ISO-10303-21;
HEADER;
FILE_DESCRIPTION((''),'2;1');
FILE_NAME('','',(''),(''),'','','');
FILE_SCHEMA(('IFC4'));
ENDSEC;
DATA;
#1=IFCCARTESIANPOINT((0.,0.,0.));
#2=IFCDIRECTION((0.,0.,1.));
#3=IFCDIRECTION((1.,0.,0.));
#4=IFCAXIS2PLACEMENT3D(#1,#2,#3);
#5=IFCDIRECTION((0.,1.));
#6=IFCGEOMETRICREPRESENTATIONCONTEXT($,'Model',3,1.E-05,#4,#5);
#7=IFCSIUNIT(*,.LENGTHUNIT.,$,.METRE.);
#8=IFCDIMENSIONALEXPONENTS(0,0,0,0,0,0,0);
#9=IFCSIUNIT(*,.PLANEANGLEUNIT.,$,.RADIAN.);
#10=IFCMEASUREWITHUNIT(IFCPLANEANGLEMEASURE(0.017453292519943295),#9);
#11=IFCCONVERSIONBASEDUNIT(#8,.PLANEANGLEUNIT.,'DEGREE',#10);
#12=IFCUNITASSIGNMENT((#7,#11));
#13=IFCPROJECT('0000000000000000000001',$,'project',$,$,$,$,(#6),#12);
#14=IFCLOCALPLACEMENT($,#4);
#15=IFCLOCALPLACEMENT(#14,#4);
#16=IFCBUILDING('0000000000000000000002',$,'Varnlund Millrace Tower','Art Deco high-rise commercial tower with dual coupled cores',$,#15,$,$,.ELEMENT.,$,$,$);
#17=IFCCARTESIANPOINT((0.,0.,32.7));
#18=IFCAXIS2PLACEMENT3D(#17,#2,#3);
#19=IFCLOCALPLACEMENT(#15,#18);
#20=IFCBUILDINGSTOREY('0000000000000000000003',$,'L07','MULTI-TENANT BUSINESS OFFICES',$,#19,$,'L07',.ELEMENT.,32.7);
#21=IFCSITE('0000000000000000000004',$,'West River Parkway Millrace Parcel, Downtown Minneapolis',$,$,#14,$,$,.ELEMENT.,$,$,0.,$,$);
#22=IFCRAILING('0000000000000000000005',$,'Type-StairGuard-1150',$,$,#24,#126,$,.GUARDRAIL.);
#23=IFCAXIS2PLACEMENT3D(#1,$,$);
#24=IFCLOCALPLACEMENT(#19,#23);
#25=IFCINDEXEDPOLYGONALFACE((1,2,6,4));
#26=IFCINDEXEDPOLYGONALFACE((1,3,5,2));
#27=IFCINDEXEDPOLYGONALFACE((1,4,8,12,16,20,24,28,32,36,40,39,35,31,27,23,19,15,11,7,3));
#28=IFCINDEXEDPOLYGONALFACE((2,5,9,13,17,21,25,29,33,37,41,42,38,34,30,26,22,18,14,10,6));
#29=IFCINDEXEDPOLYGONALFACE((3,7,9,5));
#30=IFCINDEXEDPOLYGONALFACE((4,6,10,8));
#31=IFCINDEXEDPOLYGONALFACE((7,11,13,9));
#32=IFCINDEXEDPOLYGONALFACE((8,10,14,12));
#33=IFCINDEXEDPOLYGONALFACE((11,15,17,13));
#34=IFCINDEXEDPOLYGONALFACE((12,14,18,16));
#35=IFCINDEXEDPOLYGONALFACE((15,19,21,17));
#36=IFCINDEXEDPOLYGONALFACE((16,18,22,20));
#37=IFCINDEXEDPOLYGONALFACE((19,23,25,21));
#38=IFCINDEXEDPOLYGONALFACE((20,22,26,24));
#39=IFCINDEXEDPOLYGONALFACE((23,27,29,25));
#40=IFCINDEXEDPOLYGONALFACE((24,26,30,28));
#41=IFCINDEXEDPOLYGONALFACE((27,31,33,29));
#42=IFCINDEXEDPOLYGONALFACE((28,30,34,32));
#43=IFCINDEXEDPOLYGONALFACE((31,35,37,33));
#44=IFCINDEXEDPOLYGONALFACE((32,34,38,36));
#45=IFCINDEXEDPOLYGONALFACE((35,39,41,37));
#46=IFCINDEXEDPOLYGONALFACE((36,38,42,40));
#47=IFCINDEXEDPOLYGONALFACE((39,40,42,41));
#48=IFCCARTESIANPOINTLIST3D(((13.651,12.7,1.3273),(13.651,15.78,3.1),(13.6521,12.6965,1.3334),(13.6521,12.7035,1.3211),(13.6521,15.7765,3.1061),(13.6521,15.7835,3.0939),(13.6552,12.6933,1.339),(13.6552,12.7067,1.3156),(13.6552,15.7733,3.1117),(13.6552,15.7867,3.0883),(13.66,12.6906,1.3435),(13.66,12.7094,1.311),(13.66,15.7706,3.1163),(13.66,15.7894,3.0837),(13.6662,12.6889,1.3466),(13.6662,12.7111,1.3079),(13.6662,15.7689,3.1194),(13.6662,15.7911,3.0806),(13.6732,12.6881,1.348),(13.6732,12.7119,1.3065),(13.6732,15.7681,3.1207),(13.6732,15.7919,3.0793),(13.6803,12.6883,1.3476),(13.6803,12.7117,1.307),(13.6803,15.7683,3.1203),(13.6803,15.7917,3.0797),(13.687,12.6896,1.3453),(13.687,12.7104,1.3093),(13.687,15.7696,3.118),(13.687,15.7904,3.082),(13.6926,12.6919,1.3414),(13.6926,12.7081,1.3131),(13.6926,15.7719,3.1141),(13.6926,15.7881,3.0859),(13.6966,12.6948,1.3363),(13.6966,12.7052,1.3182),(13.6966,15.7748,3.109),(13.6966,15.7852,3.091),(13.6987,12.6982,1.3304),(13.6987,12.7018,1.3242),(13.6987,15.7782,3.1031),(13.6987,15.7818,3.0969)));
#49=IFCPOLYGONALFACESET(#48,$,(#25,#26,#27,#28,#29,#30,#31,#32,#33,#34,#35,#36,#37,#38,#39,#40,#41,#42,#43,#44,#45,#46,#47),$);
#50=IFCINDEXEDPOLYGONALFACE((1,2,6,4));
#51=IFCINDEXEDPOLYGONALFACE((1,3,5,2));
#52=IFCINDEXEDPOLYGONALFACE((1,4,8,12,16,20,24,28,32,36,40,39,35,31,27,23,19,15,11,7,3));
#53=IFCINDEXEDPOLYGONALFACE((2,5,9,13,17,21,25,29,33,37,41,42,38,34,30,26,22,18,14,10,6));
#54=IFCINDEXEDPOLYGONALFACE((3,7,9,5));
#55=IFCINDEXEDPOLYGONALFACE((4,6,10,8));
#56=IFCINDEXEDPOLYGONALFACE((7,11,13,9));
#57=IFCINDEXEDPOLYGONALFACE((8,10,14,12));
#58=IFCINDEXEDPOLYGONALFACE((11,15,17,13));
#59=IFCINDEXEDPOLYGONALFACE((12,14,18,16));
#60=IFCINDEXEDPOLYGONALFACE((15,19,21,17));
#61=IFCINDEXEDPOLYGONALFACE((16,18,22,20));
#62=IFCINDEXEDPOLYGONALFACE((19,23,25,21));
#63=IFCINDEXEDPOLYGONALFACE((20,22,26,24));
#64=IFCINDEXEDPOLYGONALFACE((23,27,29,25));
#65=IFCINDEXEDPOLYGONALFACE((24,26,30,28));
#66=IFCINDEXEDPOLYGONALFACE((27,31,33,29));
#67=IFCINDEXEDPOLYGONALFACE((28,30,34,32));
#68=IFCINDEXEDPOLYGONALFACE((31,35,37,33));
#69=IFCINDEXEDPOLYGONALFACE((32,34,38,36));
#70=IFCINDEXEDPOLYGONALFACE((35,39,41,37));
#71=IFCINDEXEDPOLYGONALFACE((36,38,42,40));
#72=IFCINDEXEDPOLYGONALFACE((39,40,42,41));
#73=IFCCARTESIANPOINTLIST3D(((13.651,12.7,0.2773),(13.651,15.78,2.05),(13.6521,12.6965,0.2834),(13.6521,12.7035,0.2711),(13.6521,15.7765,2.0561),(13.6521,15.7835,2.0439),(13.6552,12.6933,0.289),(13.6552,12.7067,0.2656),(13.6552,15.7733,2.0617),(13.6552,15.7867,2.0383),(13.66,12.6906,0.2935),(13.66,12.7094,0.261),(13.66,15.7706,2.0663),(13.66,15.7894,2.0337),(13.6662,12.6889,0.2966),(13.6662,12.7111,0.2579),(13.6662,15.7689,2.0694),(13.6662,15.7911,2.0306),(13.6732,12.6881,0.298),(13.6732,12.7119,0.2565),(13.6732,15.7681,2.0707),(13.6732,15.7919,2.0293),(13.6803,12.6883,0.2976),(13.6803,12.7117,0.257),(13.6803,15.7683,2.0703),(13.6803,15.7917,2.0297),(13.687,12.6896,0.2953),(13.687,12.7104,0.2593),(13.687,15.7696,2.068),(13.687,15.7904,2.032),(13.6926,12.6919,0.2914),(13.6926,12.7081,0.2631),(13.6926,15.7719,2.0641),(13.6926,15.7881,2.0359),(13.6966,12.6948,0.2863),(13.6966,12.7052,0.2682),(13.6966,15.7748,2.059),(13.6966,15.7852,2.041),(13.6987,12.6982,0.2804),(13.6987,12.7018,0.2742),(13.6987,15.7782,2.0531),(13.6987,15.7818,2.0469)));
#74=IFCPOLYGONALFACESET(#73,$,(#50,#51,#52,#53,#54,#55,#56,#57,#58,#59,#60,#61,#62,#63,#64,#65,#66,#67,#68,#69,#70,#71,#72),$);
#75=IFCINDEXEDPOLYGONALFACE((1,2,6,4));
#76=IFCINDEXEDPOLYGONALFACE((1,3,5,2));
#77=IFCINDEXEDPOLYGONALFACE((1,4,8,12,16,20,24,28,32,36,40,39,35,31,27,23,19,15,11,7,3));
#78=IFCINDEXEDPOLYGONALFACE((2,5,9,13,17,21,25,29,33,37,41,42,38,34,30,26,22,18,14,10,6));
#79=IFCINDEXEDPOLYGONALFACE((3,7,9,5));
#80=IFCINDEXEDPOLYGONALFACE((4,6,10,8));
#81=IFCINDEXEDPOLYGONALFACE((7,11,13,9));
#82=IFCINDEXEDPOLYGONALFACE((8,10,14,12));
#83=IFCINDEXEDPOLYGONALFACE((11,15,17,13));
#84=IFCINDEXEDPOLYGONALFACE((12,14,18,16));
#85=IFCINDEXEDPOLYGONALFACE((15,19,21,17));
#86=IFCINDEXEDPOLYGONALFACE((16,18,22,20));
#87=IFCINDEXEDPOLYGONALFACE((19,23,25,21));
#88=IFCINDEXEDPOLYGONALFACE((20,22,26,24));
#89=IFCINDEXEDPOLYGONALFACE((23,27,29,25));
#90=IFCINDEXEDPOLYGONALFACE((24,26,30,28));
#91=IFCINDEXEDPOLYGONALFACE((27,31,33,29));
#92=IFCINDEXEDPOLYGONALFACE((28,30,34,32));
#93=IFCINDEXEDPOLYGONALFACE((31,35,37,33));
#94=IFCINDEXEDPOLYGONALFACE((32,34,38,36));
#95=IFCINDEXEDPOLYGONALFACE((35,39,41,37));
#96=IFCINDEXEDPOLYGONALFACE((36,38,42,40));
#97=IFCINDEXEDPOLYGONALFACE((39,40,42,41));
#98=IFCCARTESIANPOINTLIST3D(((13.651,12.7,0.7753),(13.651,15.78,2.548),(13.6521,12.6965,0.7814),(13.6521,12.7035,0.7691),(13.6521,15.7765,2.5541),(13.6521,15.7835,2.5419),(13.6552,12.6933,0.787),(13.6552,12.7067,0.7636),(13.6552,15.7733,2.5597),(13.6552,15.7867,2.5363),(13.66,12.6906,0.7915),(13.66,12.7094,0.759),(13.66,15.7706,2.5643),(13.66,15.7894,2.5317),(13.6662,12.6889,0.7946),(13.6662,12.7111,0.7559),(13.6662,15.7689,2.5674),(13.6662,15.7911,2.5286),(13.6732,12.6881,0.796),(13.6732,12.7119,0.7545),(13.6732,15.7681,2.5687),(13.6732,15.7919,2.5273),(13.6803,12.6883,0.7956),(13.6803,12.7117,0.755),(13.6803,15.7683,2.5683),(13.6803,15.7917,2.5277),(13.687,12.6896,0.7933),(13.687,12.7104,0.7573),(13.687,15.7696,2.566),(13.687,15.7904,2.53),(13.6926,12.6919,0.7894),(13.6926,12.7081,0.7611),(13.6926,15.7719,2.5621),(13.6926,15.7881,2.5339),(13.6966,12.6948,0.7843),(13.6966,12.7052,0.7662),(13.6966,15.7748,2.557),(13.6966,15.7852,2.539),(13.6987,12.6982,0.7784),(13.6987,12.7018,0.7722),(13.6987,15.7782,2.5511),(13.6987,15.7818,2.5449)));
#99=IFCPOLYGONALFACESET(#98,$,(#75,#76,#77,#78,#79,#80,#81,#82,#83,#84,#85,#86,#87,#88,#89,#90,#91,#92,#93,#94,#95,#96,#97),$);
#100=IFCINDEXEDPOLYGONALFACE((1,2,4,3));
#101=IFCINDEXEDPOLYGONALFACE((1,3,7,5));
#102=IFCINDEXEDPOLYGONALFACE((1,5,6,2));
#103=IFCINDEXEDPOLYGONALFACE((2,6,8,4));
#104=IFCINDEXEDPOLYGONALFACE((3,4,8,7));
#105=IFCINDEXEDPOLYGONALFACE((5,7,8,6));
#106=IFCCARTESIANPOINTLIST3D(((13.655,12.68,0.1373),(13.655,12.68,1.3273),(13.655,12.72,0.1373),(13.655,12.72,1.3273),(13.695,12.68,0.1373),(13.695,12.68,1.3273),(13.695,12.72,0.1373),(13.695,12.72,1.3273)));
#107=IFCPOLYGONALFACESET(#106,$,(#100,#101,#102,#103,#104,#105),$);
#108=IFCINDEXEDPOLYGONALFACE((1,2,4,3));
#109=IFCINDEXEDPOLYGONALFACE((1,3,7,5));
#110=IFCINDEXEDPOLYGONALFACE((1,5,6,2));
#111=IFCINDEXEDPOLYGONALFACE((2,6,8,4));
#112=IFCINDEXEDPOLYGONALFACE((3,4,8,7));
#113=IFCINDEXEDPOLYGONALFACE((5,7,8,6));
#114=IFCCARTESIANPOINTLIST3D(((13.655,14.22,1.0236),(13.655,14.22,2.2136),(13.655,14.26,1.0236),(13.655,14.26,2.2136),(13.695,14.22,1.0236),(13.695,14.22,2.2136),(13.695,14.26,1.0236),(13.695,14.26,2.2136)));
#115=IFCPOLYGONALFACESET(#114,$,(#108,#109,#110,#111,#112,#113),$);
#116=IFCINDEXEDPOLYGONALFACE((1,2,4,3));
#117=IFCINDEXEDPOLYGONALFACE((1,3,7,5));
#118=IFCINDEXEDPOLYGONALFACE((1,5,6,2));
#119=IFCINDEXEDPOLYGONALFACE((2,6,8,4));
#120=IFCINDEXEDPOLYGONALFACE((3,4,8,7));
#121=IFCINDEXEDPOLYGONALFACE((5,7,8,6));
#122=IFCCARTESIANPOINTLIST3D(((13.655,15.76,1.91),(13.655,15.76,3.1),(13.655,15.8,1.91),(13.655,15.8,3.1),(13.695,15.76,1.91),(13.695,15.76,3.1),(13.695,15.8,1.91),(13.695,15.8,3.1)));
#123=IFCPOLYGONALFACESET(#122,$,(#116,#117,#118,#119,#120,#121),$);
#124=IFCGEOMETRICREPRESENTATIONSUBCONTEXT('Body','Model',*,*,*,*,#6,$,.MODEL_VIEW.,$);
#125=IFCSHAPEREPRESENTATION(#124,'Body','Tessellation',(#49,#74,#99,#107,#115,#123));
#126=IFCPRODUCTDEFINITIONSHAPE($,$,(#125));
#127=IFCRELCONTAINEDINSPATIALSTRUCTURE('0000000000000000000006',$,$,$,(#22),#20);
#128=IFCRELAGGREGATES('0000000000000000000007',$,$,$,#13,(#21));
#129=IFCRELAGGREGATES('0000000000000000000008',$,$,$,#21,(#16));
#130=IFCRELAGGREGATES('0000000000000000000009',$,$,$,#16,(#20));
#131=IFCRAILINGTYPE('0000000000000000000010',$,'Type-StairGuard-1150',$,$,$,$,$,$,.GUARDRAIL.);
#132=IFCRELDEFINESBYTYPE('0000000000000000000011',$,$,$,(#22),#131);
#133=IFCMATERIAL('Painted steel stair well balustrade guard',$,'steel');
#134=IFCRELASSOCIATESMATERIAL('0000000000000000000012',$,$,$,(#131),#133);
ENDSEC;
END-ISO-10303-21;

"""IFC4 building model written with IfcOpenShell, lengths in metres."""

from ifc_helpers import new_model, entity, si_unit, converted_unit, direction, frame, origin_with_axes, origin_2d_with_axis, place, context, subcontext, project, spatial, rectangle, circle, extrude, material, type_object, element, save


model = new_model("IFC4")

# Units and contexts
model_context = context("Model", 3, precision=1e-05, world=origin_with_axes(), true_north=direction((0.0, 1.0)))
body_context = subcontext(model_context, "Body", "Model", "MODEL_VIEW")
ifc_project = project(units=[si_unit("LENGTHUNIT", "METRE"), converted_unit("PLANEANGLEUNIT", "DEGREE", entity("IfcPlaneAngleMeasure", 0.017453292519943295), si_unit("PLANEANGLEUNIT", "RADIAN"), dimensions=[0, 0, 0, 0, 0, 0, 0])], contexts=[model_context])

# Site, building, storey
site_placement = place(None, origin_with_axes())
site = spatial("IfcSite", under=ifc_project, at=site_placement, Name="West River Parkway Millrace Parcel, Downtown Minneapolis", CompositionType="ELEMENT", RefElevation=0.0)
building_placement = place(site_placement, origin_with_axes())
building = spatial("IfcBuilding", under=site, at=building_placement, Name="Varnlund Millrace Tower", Description="Art Deco high-rise commercial tower with dual coupled cores", CompositionType="ELEMENT")
storey_placement = place(building_placement, frame((0.0, 0.0, 32.7), z_axis=(0.0, 0.0, 1.0), x_axis=(1.0, 0.0, 0.0)))
storey = spatial("IfcBuildingStorey", under=building, at=storey_placement, Name="L07", Description="MULTI-TENANT BUSINESS OFFICES", LongName="L07", CompositionType="ELEMENT", Elevation=32.7)

# Railing
ifc_material_1 = material(Name="Painted steel stair well balustrade guard", Category="steel")
railing_type_1 = type_object("IfcRailingType", Name="Type-StairGuard-1150", PredefinedType="GUARDRAIL", material=ifc_material_1)
railing_1_placement = place(storey_placement, frame((0.0, 0.0, -32.7), z_axis=(0.0, 0.0, 1.0), x_axis=(1.0, 0.0, 0.0)))
element("IfcRailing", 1, at=railing_1_placement, inside=storey, type_object=railing_type_1, Name="Type-StairGuard-1150", PredefinedType="GUARDRAIL", context=body_context, shape_type="SweptSolid", body=[
    extrude(circle(Radius=0.024, at=origin_2d_with_axis()), frame((13.675, 12.7, 34.0273), z_axis=(0.0, 0.866696, 0.498836), x_axis=(-1.0, 0.0, 0.0)), (0.0, 0.0, 1.0), 3.5537),
    extrude(circle(Radius=0.024, at=origin_2d_with_axis()), frame((13.675, 12.7, 32.9773), z_axis=(0.0, 0.866696, 0.498836), x_axis=(-1.0, 0.0, 0.0)), (0.0, 0.0, 1.0), 3.5537),
    extrude(circle(Radius=0.024, at=origin_2d_with_axis()), frame((13.675, 12.7, 33.4753), z_axis=(0.0, 0.866696, 0.498836), x_axis=(-1.0, 0.0, 0.0)), (0.0, 0.0, 1.0), 3.5537),
    extrude(rectangle(XDim=0.04, YDim=0.04, at=origin_2d_with_axis()), frame((13.675, 12.7, 32.8373), z_axis=(0.0, 0.0, 1.0), x_axis=(1.0, 0.0, 0.0)), (0.0, 0.0, 1.0), 1.19),
    extrude(rectangle(XDim=0.04, YDim=0.04, at=origin_2d_with_axis()), frame((13.675, 14.24, 33.7236), z_axis=(0.0, 0.0, 1.0), x_axis=(1.0, 0.0, 0.0)), (0.0, 0.0, 1.0), 1.19),
    extrude(rectangle(XDim=0.04, YDim=0.04, at=origin_2d_with_axis()), frame((13.675, 15.78, 34.61), z_axis=(0.0, 0.0, 1.0), x_axis=(1.0, 0.0, 0.0)), (0.0, 0.0, 1.0), 1.19),
])

save(model, "model.ifc")
